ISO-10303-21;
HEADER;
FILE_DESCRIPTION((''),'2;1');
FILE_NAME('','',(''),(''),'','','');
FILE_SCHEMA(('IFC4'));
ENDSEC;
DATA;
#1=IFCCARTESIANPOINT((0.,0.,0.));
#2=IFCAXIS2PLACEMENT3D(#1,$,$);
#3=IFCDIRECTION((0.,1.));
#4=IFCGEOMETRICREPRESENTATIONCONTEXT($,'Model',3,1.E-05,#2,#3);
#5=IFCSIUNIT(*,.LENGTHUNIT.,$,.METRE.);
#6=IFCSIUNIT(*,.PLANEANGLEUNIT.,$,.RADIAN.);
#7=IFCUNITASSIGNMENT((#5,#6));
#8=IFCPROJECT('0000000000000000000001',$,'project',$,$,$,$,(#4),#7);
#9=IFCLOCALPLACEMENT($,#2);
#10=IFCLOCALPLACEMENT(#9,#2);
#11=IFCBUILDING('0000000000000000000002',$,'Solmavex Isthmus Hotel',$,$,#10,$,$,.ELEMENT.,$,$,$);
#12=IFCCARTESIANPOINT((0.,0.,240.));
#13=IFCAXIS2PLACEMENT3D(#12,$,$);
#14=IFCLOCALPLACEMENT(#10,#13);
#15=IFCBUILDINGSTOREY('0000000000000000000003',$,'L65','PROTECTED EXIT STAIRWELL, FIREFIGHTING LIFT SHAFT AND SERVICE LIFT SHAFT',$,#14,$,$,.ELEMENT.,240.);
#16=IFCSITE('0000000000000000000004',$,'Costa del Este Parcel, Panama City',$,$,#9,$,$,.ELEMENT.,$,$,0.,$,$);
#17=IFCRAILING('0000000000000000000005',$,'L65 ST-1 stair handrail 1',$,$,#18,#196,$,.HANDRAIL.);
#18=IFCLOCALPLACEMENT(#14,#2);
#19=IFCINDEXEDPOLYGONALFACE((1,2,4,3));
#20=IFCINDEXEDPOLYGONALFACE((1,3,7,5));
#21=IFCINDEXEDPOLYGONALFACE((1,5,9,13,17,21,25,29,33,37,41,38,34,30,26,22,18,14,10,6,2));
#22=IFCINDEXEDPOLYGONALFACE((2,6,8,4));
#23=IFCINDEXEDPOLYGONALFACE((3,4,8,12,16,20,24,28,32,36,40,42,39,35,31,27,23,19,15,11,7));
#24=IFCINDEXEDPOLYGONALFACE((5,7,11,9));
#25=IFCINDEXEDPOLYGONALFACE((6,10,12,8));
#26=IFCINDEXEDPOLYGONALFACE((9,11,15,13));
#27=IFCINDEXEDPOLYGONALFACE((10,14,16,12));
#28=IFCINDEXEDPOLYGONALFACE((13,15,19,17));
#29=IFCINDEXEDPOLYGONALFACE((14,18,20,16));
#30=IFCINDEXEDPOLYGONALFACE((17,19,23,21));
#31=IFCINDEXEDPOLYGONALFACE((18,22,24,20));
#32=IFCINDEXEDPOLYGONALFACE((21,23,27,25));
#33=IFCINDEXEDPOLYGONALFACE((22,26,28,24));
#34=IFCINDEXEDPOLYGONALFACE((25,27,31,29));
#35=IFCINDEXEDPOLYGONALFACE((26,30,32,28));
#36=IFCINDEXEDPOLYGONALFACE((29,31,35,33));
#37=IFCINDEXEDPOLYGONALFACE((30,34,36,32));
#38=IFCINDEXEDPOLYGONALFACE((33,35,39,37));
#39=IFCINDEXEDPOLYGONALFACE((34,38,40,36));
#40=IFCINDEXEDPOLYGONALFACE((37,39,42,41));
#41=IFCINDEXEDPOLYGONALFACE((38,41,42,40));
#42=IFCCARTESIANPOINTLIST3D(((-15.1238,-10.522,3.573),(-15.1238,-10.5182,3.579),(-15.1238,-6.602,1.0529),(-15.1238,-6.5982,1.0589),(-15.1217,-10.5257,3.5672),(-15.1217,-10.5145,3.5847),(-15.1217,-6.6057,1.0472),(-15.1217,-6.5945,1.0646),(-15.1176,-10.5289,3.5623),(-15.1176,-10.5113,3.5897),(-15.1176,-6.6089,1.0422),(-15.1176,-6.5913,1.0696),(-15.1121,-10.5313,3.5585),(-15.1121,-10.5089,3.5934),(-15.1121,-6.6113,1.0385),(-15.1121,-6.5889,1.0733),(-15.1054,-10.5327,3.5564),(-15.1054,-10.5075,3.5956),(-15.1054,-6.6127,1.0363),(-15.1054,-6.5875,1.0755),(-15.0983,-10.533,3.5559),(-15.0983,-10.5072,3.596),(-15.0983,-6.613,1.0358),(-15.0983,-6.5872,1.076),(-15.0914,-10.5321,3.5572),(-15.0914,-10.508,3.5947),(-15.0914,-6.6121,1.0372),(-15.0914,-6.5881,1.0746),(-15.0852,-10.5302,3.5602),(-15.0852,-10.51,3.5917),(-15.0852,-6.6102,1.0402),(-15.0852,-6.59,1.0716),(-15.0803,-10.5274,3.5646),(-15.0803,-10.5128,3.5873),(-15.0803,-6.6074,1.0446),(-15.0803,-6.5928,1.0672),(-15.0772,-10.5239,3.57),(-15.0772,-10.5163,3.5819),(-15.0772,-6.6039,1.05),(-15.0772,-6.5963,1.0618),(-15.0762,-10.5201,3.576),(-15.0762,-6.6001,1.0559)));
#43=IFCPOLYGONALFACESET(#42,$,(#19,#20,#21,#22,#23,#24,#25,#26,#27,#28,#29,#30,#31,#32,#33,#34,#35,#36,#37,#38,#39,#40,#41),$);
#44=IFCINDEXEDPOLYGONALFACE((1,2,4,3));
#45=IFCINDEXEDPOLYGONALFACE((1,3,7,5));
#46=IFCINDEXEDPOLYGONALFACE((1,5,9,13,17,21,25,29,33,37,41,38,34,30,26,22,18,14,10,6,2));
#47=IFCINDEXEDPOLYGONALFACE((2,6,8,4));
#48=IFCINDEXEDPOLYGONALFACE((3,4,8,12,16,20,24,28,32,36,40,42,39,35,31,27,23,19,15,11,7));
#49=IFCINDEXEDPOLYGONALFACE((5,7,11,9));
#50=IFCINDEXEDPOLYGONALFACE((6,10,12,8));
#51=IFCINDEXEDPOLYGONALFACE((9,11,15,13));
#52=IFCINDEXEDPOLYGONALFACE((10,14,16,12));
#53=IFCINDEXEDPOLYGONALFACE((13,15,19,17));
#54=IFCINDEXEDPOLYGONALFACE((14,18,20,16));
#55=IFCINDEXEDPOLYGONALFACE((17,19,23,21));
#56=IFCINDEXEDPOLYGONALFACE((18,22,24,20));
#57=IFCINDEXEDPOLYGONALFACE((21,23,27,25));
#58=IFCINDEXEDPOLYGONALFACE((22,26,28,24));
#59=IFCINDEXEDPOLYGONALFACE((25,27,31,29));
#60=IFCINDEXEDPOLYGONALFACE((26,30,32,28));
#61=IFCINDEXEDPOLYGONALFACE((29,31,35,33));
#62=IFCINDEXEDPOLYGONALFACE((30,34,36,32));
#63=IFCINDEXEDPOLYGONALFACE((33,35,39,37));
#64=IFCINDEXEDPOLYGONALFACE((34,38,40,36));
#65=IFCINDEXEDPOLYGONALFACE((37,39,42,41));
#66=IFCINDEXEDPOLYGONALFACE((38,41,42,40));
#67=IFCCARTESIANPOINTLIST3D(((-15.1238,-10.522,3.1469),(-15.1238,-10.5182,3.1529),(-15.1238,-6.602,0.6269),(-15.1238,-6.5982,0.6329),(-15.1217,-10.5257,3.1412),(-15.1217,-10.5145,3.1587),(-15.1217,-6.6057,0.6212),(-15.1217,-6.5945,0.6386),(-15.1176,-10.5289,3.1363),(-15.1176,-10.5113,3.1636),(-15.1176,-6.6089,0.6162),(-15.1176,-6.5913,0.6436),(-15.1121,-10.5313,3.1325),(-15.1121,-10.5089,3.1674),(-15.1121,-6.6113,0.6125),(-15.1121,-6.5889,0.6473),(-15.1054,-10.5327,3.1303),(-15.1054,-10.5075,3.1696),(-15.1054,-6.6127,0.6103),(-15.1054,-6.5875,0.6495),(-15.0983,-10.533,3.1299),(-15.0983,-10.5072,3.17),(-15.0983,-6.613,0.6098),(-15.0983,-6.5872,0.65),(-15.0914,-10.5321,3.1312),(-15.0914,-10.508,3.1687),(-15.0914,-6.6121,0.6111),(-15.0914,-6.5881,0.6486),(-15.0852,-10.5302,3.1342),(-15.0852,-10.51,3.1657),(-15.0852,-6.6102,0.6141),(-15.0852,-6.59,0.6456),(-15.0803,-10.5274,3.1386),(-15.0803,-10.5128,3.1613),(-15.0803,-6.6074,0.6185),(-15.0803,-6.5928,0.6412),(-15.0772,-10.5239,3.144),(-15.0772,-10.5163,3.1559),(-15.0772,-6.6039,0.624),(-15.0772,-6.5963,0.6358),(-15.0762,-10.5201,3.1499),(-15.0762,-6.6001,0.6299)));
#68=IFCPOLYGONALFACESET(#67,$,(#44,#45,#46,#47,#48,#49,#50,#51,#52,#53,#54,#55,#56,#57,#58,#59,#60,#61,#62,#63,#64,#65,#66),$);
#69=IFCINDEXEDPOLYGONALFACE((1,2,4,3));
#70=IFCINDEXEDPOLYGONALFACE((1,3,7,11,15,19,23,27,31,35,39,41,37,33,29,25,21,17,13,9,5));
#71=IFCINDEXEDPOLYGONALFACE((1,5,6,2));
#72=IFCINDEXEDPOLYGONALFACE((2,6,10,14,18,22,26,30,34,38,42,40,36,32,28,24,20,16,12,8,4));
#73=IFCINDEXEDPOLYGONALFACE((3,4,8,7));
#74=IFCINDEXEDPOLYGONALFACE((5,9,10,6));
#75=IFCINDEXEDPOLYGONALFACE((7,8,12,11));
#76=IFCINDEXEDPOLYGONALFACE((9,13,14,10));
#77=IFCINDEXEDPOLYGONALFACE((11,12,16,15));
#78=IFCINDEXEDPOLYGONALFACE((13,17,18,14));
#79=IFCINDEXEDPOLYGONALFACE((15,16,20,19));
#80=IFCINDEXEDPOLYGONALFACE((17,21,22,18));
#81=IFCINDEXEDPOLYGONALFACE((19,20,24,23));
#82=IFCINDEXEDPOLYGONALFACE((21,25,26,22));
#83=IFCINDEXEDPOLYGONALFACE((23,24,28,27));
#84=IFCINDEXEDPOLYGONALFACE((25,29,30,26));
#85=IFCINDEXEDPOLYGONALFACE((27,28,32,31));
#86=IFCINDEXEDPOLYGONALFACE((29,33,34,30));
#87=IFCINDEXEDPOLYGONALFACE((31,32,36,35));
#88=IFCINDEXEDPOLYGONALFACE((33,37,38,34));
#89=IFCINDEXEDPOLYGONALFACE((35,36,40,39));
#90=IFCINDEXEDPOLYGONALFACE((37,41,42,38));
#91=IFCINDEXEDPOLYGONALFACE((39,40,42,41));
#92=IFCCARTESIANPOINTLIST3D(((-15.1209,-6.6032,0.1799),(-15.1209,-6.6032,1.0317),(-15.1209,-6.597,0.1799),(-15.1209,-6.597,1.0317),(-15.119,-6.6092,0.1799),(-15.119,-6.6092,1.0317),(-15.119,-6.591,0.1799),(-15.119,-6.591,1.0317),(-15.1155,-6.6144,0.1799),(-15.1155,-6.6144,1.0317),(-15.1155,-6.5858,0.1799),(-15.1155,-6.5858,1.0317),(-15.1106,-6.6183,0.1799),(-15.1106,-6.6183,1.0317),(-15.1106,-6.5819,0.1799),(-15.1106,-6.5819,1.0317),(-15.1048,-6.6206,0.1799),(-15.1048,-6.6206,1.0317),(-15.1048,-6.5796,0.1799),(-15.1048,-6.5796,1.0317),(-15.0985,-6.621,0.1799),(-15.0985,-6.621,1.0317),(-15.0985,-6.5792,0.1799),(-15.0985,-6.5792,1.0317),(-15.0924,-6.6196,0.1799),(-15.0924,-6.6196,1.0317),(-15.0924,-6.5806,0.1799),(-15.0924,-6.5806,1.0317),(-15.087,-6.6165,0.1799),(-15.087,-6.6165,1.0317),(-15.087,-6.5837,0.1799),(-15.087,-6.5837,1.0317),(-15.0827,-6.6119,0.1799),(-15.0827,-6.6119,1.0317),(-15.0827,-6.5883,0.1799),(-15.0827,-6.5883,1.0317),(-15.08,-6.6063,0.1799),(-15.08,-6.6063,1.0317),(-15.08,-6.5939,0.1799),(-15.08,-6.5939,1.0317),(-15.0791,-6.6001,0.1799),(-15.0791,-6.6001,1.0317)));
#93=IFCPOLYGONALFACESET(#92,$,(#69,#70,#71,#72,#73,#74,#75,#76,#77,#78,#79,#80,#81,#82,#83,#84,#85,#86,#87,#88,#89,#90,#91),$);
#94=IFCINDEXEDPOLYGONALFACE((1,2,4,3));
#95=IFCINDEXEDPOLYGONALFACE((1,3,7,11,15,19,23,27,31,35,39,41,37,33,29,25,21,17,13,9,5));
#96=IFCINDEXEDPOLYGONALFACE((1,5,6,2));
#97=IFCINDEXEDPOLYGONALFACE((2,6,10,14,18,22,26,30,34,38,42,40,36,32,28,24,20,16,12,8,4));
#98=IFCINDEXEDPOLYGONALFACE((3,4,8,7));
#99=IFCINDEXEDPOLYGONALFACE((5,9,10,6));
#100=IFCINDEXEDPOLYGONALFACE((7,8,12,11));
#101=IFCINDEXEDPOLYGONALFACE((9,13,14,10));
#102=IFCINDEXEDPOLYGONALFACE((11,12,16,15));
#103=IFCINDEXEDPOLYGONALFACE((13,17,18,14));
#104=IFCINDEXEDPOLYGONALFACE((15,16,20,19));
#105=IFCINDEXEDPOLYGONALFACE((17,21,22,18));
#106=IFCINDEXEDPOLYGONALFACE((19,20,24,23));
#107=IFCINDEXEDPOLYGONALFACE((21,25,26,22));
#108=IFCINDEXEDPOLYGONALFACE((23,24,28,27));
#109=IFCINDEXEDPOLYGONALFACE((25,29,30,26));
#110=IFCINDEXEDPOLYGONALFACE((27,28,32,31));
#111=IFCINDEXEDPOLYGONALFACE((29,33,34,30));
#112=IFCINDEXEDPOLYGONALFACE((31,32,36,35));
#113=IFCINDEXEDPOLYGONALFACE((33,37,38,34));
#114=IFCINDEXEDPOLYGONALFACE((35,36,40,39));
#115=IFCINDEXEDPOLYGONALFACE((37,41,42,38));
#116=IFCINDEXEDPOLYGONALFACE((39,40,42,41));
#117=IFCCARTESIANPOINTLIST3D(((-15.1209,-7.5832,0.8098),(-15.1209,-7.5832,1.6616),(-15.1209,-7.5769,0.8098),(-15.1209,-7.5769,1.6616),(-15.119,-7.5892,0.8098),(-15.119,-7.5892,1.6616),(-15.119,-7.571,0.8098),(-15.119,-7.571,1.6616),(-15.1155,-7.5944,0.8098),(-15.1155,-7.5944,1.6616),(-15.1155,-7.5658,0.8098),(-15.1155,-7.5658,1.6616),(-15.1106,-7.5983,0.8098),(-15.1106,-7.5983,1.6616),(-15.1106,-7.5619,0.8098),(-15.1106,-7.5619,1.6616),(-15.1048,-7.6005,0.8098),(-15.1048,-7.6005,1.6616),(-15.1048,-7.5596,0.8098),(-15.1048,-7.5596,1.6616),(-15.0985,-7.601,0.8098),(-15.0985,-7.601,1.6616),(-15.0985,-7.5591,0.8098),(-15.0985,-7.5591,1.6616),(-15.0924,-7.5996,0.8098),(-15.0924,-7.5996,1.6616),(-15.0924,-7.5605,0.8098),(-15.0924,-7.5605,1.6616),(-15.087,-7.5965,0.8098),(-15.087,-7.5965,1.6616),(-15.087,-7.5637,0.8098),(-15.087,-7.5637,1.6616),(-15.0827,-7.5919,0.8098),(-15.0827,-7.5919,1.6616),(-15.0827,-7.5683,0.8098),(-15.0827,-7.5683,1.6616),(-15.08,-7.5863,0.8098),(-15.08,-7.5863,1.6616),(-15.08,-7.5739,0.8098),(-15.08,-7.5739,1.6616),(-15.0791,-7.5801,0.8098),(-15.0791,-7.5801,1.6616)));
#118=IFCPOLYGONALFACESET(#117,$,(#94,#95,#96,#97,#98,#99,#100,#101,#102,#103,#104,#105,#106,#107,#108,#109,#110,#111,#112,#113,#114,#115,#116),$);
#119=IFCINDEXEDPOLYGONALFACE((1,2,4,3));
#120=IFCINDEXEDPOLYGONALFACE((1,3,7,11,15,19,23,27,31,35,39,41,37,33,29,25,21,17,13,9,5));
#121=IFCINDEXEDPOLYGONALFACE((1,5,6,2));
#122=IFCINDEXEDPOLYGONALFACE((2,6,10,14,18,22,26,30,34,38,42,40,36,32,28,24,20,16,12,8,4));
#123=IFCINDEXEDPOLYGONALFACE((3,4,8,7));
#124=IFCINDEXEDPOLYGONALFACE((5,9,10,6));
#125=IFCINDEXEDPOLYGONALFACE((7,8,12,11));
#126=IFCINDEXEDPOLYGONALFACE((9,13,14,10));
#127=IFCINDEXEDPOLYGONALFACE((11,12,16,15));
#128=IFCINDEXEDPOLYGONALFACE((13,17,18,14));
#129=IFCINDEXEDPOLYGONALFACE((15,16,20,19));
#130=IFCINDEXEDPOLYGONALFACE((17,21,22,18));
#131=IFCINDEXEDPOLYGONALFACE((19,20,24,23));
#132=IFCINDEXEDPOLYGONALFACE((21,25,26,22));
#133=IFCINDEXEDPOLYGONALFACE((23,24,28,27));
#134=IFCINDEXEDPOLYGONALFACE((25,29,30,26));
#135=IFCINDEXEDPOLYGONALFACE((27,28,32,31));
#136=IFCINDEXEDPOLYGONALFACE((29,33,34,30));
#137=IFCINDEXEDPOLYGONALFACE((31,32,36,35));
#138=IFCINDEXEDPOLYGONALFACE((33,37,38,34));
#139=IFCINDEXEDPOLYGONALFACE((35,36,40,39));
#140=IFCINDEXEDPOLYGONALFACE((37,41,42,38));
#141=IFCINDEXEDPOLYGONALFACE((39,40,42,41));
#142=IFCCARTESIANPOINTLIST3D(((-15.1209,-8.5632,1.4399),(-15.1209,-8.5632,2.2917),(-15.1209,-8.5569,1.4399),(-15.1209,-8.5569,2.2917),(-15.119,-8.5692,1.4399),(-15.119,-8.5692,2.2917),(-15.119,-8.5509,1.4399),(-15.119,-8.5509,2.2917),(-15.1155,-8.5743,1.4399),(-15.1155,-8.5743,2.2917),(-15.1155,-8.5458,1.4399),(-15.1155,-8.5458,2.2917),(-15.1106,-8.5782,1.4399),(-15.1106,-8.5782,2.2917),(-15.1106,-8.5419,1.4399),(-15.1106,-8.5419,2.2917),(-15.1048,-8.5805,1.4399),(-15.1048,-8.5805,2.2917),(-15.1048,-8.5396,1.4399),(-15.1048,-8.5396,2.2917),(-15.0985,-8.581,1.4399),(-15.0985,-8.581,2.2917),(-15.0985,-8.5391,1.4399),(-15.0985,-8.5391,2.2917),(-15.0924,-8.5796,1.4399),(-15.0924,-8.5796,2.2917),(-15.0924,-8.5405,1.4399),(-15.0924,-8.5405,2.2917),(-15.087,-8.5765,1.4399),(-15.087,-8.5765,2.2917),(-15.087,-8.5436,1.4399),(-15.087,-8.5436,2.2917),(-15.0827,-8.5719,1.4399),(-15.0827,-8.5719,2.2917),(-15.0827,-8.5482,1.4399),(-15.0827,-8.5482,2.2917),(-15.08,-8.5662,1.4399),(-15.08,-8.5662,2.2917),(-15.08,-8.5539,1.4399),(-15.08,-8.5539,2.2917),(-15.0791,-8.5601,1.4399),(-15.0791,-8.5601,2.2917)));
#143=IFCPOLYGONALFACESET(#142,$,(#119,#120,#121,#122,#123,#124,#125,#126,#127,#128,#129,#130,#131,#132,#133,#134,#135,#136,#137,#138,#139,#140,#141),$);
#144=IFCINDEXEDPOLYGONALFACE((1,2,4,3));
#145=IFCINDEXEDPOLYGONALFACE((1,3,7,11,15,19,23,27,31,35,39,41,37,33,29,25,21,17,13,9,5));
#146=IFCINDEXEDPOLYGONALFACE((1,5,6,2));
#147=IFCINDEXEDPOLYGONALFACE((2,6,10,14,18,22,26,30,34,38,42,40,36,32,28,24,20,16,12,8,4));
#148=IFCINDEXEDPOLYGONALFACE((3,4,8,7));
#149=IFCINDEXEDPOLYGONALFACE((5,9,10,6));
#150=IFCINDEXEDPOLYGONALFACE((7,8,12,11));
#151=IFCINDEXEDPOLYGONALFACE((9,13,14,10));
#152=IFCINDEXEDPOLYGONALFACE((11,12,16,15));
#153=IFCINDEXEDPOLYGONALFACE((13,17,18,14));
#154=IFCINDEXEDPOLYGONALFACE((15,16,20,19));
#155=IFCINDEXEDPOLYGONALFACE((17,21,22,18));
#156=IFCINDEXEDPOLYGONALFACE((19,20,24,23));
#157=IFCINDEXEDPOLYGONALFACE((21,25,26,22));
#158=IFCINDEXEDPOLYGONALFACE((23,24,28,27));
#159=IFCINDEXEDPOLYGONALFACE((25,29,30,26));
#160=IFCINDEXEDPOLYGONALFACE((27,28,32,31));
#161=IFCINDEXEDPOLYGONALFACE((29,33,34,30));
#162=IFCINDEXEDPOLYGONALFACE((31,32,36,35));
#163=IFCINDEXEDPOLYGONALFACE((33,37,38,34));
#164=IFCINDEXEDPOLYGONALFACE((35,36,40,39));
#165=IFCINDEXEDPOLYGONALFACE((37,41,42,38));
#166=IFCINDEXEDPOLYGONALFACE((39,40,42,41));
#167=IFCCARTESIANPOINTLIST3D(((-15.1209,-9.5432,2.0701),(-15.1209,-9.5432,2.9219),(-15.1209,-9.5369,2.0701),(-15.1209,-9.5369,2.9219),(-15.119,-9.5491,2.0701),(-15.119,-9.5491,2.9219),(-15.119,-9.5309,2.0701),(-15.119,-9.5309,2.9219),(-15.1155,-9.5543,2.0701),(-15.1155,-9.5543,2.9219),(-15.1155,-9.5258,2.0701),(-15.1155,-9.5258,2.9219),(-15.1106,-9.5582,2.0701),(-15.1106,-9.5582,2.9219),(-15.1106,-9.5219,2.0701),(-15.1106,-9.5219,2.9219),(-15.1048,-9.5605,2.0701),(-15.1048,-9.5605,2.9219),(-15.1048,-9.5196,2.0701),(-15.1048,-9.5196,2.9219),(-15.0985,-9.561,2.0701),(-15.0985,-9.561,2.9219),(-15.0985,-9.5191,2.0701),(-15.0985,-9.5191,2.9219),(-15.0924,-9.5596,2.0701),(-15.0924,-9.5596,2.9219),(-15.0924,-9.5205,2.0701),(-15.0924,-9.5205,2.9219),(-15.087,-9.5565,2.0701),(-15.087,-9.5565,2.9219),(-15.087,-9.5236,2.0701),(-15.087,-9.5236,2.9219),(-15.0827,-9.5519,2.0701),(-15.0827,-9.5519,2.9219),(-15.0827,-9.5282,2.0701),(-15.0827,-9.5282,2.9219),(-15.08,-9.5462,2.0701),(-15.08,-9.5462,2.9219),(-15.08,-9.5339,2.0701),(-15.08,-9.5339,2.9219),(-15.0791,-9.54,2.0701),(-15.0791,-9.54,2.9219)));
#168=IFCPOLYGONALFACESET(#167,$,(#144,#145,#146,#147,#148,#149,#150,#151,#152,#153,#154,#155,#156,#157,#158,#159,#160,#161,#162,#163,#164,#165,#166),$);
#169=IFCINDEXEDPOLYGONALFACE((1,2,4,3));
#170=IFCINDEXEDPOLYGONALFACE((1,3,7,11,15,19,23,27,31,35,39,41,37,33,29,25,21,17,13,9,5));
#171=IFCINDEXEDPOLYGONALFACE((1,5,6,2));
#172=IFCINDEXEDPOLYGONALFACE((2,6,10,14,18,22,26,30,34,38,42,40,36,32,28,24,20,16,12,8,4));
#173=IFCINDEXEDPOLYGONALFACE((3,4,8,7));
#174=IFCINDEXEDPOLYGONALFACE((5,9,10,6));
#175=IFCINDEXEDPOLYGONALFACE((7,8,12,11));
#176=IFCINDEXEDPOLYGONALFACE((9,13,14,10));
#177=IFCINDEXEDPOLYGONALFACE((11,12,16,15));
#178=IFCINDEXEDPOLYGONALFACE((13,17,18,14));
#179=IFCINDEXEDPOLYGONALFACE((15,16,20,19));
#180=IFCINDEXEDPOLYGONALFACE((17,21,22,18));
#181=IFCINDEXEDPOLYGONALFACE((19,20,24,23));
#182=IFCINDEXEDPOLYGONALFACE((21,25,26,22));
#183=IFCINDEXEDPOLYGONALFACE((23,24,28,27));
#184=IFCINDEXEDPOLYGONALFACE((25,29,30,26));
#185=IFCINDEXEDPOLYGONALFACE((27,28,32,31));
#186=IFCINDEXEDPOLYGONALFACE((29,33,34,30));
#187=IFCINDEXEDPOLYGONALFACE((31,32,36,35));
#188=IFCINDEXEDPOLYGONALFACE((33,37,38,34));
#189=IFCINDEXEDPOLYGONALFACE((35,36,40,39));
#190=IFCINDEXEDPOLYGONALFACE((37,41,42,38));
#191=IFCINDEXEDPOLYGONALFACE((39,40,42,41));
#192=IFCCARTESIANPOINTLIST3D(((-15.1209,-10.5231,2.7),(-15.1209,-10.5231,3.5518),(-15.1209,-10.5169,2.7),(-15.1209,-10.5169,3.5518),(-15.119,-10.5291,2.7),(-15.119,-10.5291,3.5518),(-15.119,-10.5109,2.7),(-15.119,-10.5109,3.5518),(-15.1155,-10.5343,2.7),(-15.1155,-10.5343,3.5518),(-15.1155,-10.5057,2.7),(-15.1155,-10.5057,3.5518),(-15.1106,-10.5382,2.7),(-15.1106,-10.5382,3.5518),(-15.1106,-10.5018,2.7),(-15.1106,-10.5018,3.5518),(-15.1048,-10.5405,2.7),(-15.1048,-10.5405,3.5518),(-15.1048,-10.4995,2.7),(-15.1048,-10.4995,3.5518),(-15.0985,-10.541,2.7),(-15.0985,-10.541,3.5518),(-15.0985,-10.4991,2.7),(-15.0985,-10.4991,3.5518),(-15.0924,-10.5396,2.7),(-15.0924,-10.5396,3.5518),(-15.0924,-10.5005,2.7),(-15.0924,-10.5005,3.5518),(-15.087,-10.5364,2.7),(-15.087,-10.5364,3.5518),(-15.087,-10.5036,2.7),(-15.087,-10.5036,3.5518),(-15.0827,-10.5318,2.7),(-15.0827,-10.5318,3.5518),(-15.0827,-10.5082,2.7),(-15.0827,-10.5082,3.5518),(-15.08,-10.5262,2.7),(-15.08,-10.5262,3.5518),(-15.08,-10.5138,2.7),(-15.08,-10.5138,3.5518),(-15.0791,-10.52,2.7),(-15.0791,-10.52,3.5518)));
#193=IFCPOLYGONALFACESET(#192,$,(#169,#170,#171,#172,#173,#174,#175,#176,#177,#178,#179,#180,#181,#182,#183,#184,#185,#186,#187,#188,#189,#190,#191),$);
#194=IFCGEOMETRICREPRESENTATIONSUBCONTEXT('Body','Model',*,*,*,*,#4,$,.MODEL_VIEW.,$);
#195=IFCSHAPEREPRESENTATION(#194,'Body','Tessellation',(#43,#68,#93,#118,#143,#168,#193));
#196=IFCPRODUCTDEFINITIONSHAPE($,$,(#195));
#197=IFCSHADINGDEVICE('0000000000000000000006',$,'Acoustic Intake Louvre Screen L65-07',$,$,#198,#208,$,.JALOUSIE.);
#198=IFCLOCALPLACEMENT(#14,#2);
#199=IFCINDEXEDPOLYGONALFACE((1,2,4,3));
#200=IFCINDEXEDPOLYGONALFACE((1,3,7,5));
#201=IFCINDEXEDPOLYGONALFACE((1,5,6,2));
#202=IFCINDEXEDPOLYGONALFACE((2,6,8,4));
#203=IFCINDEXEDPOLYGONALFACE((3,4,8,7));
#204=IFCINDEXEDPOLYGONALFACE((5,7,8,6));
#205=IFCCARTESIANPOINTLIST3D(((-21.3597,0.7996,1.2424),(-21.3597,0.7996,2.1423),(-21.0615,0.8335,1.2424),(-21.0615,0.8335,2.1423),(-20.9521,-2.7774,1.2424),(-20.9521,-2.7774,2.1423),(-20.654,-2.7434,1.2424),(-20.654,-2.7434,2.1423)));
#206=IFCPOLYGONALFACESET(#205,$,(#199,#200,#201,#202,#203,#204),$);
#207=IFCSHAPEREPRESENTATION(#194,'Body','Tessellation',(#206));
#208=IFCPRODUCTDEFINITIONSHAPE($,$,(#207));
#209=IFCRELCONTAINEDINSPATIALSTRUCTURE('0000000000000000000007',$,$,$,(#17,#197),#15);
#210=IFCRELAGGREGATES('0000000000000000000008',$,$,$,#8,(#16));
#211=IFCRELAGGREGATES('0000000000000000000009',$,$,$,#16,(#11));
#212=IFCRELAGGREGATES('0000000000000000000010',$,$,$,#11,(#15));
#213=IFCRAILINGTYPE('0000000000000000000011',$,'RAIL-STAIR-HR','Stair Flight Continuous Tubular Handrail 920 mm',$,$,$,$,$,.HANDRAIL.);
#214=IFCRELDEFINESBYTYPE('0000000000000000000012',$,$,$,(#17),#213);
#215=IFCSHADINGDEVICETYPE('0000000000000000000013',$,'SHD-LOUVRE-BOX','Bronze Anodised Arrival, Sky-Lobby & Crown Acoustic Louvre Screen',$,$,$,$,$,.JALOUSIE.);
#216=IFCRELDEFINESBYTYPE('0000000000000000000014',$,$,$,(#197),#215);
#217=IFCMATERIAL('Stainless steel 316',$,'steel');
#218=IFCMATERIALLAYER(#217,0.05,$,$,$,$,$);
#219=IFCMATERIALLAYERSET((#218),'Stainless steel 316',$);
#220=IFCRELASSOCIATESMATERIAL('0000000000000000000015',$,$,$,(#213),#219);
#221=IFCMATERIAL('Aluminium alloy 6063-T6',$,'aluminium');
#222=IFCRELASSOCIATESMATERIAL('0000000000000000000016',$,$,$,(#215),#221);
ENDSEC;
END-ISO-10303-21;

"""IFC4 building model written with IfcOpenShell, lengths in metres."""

from ifc_helpers import new_model, si_unit, direction, frame, origin, origin_2d, place, context, subcontext, project, spatial, rectangle, circle, extrude, material, layer, layer_set, type_object, element, save


model = new_model("IFC4")

# Units and contexts
model_context = context("Model", 3, precision=1e-05, world=origin(), true_north=direction((0.0, 1.0)))
body_context = subcontext(model_context, "Body", "Model", "MODEL_VIEW")
ifc_project = project(units=[si_unit("LENGTHUNIT", "METRE"), si_unit("PLANEANGLEUNIT", "RADIAN")], contexts=[model_context])

# Site, building, storey
site_placement = place(None, origin())
site = spatial("IfcSite", under=ifc_project, at=site_placement, Name="Costa del Este Parcel, Panama City", CompositionType="ELEMENT", RefElevation=0.0)
building_placement = place(site_placement, origin())
building = spatial("IfcBuilding", under=site, at=building_placement, Name="Solmavex Isthmus Hotel", CompositionType="ELEMENT")
storey_placement = place(building_placement, frame((0.0, 0.0, 240.0)))
storey = spatial("IfcBuildingStorey", under=building, at=storey_placement, Name="L65", Description="PROTECTED EXIT STAIRWELL, FIREFIGHTING LIFT SHAFT AND SERVICE LIFT SHAFT", CompositionType="ELEMENT", Elevation=240.0)

# Railing
ifc_material_1 = material(Name="Stainless steel 316", Category="steel")
ifc_layer_1 = layer(ifc_material_1, 0.05)
ifc_layer_set_1 = layer_set([ifc_layer_1], Name="Stainless steel 316")
railing_type_1 = type_object("IfcRailingType", Name="RAIL-STAIR-HR", Description="Stair Flight Continuous Tubular Handrail 920 mm", PredefinedType="HANDRAIL", material=ifc_layer_set_1)
railing_1_placement = place(storey_placement, frame((-15.1001, -6.6001, 0.1799)))
element("IfcRailing", 1, at=railing_1_placement, inside=storey, type_object=railing_type_1, Name="L65 ST-1 stair handrail 1", PredefinedType="HANDRAIL", context=body_context, shape_type="SweptSolid", body=[
    extrude(circle(Radius=0.0239, at=origin_2d()), frame((0.0, 0.0, 0.876), z_axis=(0.0, -0.841172, 0.540768), x_axis=(1.0, 0.0, 0.0)), (0.0, 0.0, 1.0), 4.6602),
    extrude(circle(Radius=0.0239, at=origin_2d()), frame((0.0, 0.0, 0.45), z_axis=(0.0, -0.841172, 0.540768), x_axis=(1.0, 0.0, 0.0)), (0.0, 0.0, 1.0), 4.6602),
    extrude(circle(Radius=0.021, at=origin_2d()), origin(), (0.0, 0.0, 1.0), 0.8518),
    extrude(circle(Radius=0.021, at=origin_2d()), frame((0.0, -0.98, 0.6299)), (0.0, 0.0, 1.0), 0.8518),
    extrude(circle(Radius=0.021, at=origin_2d()), frame((0.0, -1.96, 1.26)), (0.0, 0.0, 1.0), 0.8518),
    extrude(circle(Radius=0.021, at=origin_2d()), frame((0.0, -2.9399, 1.8901)), (0.0, 0.0, 1.0), 0.8518),
    extrude(circle(Radius=0.021, at=origin_2d()), frame((0.0, -3.9199, 2.52)), (0.0, 0.0, 1.0), 0.8518),
])

# Shading device
ifc_material_2 = material(Name="Aluminium alloy 6063-T6", Category="aluminium")
shading_device_type = type_object("IfcShadingDeviceType", Name="SHD-LOUVRE-BOX", Description="Bronze Anodised Arrival, Sky-Lobby & Crown Acoustic Louvre Screen", PredefinedType="JALOUSIE", material=ifc_material_2)
shading_device_placement = place(storey_placement, frame((-21.0068, -0.9719, 1.2424), z_axis=(0.0, 0.0, 1.0), x_axis=(-0.113203, 0.993572, 0.0)))
element("IfcShadingDevice", 2, at=shading_device_placement, inside=storey, type_object=shading_device_type, Name="Acoustic Intake Louvre Screen L65-07", PredefinedType="JALOUSIE", context=body_context, shape_type="SweptSolid", body=[
    extrude(rectangle(XDim=3.6001, YDim=0.3, at=origin_2d()), origin(), (0.0, 0.0, 1.0), 0.8999),
])

save(model, "model.ifc")
